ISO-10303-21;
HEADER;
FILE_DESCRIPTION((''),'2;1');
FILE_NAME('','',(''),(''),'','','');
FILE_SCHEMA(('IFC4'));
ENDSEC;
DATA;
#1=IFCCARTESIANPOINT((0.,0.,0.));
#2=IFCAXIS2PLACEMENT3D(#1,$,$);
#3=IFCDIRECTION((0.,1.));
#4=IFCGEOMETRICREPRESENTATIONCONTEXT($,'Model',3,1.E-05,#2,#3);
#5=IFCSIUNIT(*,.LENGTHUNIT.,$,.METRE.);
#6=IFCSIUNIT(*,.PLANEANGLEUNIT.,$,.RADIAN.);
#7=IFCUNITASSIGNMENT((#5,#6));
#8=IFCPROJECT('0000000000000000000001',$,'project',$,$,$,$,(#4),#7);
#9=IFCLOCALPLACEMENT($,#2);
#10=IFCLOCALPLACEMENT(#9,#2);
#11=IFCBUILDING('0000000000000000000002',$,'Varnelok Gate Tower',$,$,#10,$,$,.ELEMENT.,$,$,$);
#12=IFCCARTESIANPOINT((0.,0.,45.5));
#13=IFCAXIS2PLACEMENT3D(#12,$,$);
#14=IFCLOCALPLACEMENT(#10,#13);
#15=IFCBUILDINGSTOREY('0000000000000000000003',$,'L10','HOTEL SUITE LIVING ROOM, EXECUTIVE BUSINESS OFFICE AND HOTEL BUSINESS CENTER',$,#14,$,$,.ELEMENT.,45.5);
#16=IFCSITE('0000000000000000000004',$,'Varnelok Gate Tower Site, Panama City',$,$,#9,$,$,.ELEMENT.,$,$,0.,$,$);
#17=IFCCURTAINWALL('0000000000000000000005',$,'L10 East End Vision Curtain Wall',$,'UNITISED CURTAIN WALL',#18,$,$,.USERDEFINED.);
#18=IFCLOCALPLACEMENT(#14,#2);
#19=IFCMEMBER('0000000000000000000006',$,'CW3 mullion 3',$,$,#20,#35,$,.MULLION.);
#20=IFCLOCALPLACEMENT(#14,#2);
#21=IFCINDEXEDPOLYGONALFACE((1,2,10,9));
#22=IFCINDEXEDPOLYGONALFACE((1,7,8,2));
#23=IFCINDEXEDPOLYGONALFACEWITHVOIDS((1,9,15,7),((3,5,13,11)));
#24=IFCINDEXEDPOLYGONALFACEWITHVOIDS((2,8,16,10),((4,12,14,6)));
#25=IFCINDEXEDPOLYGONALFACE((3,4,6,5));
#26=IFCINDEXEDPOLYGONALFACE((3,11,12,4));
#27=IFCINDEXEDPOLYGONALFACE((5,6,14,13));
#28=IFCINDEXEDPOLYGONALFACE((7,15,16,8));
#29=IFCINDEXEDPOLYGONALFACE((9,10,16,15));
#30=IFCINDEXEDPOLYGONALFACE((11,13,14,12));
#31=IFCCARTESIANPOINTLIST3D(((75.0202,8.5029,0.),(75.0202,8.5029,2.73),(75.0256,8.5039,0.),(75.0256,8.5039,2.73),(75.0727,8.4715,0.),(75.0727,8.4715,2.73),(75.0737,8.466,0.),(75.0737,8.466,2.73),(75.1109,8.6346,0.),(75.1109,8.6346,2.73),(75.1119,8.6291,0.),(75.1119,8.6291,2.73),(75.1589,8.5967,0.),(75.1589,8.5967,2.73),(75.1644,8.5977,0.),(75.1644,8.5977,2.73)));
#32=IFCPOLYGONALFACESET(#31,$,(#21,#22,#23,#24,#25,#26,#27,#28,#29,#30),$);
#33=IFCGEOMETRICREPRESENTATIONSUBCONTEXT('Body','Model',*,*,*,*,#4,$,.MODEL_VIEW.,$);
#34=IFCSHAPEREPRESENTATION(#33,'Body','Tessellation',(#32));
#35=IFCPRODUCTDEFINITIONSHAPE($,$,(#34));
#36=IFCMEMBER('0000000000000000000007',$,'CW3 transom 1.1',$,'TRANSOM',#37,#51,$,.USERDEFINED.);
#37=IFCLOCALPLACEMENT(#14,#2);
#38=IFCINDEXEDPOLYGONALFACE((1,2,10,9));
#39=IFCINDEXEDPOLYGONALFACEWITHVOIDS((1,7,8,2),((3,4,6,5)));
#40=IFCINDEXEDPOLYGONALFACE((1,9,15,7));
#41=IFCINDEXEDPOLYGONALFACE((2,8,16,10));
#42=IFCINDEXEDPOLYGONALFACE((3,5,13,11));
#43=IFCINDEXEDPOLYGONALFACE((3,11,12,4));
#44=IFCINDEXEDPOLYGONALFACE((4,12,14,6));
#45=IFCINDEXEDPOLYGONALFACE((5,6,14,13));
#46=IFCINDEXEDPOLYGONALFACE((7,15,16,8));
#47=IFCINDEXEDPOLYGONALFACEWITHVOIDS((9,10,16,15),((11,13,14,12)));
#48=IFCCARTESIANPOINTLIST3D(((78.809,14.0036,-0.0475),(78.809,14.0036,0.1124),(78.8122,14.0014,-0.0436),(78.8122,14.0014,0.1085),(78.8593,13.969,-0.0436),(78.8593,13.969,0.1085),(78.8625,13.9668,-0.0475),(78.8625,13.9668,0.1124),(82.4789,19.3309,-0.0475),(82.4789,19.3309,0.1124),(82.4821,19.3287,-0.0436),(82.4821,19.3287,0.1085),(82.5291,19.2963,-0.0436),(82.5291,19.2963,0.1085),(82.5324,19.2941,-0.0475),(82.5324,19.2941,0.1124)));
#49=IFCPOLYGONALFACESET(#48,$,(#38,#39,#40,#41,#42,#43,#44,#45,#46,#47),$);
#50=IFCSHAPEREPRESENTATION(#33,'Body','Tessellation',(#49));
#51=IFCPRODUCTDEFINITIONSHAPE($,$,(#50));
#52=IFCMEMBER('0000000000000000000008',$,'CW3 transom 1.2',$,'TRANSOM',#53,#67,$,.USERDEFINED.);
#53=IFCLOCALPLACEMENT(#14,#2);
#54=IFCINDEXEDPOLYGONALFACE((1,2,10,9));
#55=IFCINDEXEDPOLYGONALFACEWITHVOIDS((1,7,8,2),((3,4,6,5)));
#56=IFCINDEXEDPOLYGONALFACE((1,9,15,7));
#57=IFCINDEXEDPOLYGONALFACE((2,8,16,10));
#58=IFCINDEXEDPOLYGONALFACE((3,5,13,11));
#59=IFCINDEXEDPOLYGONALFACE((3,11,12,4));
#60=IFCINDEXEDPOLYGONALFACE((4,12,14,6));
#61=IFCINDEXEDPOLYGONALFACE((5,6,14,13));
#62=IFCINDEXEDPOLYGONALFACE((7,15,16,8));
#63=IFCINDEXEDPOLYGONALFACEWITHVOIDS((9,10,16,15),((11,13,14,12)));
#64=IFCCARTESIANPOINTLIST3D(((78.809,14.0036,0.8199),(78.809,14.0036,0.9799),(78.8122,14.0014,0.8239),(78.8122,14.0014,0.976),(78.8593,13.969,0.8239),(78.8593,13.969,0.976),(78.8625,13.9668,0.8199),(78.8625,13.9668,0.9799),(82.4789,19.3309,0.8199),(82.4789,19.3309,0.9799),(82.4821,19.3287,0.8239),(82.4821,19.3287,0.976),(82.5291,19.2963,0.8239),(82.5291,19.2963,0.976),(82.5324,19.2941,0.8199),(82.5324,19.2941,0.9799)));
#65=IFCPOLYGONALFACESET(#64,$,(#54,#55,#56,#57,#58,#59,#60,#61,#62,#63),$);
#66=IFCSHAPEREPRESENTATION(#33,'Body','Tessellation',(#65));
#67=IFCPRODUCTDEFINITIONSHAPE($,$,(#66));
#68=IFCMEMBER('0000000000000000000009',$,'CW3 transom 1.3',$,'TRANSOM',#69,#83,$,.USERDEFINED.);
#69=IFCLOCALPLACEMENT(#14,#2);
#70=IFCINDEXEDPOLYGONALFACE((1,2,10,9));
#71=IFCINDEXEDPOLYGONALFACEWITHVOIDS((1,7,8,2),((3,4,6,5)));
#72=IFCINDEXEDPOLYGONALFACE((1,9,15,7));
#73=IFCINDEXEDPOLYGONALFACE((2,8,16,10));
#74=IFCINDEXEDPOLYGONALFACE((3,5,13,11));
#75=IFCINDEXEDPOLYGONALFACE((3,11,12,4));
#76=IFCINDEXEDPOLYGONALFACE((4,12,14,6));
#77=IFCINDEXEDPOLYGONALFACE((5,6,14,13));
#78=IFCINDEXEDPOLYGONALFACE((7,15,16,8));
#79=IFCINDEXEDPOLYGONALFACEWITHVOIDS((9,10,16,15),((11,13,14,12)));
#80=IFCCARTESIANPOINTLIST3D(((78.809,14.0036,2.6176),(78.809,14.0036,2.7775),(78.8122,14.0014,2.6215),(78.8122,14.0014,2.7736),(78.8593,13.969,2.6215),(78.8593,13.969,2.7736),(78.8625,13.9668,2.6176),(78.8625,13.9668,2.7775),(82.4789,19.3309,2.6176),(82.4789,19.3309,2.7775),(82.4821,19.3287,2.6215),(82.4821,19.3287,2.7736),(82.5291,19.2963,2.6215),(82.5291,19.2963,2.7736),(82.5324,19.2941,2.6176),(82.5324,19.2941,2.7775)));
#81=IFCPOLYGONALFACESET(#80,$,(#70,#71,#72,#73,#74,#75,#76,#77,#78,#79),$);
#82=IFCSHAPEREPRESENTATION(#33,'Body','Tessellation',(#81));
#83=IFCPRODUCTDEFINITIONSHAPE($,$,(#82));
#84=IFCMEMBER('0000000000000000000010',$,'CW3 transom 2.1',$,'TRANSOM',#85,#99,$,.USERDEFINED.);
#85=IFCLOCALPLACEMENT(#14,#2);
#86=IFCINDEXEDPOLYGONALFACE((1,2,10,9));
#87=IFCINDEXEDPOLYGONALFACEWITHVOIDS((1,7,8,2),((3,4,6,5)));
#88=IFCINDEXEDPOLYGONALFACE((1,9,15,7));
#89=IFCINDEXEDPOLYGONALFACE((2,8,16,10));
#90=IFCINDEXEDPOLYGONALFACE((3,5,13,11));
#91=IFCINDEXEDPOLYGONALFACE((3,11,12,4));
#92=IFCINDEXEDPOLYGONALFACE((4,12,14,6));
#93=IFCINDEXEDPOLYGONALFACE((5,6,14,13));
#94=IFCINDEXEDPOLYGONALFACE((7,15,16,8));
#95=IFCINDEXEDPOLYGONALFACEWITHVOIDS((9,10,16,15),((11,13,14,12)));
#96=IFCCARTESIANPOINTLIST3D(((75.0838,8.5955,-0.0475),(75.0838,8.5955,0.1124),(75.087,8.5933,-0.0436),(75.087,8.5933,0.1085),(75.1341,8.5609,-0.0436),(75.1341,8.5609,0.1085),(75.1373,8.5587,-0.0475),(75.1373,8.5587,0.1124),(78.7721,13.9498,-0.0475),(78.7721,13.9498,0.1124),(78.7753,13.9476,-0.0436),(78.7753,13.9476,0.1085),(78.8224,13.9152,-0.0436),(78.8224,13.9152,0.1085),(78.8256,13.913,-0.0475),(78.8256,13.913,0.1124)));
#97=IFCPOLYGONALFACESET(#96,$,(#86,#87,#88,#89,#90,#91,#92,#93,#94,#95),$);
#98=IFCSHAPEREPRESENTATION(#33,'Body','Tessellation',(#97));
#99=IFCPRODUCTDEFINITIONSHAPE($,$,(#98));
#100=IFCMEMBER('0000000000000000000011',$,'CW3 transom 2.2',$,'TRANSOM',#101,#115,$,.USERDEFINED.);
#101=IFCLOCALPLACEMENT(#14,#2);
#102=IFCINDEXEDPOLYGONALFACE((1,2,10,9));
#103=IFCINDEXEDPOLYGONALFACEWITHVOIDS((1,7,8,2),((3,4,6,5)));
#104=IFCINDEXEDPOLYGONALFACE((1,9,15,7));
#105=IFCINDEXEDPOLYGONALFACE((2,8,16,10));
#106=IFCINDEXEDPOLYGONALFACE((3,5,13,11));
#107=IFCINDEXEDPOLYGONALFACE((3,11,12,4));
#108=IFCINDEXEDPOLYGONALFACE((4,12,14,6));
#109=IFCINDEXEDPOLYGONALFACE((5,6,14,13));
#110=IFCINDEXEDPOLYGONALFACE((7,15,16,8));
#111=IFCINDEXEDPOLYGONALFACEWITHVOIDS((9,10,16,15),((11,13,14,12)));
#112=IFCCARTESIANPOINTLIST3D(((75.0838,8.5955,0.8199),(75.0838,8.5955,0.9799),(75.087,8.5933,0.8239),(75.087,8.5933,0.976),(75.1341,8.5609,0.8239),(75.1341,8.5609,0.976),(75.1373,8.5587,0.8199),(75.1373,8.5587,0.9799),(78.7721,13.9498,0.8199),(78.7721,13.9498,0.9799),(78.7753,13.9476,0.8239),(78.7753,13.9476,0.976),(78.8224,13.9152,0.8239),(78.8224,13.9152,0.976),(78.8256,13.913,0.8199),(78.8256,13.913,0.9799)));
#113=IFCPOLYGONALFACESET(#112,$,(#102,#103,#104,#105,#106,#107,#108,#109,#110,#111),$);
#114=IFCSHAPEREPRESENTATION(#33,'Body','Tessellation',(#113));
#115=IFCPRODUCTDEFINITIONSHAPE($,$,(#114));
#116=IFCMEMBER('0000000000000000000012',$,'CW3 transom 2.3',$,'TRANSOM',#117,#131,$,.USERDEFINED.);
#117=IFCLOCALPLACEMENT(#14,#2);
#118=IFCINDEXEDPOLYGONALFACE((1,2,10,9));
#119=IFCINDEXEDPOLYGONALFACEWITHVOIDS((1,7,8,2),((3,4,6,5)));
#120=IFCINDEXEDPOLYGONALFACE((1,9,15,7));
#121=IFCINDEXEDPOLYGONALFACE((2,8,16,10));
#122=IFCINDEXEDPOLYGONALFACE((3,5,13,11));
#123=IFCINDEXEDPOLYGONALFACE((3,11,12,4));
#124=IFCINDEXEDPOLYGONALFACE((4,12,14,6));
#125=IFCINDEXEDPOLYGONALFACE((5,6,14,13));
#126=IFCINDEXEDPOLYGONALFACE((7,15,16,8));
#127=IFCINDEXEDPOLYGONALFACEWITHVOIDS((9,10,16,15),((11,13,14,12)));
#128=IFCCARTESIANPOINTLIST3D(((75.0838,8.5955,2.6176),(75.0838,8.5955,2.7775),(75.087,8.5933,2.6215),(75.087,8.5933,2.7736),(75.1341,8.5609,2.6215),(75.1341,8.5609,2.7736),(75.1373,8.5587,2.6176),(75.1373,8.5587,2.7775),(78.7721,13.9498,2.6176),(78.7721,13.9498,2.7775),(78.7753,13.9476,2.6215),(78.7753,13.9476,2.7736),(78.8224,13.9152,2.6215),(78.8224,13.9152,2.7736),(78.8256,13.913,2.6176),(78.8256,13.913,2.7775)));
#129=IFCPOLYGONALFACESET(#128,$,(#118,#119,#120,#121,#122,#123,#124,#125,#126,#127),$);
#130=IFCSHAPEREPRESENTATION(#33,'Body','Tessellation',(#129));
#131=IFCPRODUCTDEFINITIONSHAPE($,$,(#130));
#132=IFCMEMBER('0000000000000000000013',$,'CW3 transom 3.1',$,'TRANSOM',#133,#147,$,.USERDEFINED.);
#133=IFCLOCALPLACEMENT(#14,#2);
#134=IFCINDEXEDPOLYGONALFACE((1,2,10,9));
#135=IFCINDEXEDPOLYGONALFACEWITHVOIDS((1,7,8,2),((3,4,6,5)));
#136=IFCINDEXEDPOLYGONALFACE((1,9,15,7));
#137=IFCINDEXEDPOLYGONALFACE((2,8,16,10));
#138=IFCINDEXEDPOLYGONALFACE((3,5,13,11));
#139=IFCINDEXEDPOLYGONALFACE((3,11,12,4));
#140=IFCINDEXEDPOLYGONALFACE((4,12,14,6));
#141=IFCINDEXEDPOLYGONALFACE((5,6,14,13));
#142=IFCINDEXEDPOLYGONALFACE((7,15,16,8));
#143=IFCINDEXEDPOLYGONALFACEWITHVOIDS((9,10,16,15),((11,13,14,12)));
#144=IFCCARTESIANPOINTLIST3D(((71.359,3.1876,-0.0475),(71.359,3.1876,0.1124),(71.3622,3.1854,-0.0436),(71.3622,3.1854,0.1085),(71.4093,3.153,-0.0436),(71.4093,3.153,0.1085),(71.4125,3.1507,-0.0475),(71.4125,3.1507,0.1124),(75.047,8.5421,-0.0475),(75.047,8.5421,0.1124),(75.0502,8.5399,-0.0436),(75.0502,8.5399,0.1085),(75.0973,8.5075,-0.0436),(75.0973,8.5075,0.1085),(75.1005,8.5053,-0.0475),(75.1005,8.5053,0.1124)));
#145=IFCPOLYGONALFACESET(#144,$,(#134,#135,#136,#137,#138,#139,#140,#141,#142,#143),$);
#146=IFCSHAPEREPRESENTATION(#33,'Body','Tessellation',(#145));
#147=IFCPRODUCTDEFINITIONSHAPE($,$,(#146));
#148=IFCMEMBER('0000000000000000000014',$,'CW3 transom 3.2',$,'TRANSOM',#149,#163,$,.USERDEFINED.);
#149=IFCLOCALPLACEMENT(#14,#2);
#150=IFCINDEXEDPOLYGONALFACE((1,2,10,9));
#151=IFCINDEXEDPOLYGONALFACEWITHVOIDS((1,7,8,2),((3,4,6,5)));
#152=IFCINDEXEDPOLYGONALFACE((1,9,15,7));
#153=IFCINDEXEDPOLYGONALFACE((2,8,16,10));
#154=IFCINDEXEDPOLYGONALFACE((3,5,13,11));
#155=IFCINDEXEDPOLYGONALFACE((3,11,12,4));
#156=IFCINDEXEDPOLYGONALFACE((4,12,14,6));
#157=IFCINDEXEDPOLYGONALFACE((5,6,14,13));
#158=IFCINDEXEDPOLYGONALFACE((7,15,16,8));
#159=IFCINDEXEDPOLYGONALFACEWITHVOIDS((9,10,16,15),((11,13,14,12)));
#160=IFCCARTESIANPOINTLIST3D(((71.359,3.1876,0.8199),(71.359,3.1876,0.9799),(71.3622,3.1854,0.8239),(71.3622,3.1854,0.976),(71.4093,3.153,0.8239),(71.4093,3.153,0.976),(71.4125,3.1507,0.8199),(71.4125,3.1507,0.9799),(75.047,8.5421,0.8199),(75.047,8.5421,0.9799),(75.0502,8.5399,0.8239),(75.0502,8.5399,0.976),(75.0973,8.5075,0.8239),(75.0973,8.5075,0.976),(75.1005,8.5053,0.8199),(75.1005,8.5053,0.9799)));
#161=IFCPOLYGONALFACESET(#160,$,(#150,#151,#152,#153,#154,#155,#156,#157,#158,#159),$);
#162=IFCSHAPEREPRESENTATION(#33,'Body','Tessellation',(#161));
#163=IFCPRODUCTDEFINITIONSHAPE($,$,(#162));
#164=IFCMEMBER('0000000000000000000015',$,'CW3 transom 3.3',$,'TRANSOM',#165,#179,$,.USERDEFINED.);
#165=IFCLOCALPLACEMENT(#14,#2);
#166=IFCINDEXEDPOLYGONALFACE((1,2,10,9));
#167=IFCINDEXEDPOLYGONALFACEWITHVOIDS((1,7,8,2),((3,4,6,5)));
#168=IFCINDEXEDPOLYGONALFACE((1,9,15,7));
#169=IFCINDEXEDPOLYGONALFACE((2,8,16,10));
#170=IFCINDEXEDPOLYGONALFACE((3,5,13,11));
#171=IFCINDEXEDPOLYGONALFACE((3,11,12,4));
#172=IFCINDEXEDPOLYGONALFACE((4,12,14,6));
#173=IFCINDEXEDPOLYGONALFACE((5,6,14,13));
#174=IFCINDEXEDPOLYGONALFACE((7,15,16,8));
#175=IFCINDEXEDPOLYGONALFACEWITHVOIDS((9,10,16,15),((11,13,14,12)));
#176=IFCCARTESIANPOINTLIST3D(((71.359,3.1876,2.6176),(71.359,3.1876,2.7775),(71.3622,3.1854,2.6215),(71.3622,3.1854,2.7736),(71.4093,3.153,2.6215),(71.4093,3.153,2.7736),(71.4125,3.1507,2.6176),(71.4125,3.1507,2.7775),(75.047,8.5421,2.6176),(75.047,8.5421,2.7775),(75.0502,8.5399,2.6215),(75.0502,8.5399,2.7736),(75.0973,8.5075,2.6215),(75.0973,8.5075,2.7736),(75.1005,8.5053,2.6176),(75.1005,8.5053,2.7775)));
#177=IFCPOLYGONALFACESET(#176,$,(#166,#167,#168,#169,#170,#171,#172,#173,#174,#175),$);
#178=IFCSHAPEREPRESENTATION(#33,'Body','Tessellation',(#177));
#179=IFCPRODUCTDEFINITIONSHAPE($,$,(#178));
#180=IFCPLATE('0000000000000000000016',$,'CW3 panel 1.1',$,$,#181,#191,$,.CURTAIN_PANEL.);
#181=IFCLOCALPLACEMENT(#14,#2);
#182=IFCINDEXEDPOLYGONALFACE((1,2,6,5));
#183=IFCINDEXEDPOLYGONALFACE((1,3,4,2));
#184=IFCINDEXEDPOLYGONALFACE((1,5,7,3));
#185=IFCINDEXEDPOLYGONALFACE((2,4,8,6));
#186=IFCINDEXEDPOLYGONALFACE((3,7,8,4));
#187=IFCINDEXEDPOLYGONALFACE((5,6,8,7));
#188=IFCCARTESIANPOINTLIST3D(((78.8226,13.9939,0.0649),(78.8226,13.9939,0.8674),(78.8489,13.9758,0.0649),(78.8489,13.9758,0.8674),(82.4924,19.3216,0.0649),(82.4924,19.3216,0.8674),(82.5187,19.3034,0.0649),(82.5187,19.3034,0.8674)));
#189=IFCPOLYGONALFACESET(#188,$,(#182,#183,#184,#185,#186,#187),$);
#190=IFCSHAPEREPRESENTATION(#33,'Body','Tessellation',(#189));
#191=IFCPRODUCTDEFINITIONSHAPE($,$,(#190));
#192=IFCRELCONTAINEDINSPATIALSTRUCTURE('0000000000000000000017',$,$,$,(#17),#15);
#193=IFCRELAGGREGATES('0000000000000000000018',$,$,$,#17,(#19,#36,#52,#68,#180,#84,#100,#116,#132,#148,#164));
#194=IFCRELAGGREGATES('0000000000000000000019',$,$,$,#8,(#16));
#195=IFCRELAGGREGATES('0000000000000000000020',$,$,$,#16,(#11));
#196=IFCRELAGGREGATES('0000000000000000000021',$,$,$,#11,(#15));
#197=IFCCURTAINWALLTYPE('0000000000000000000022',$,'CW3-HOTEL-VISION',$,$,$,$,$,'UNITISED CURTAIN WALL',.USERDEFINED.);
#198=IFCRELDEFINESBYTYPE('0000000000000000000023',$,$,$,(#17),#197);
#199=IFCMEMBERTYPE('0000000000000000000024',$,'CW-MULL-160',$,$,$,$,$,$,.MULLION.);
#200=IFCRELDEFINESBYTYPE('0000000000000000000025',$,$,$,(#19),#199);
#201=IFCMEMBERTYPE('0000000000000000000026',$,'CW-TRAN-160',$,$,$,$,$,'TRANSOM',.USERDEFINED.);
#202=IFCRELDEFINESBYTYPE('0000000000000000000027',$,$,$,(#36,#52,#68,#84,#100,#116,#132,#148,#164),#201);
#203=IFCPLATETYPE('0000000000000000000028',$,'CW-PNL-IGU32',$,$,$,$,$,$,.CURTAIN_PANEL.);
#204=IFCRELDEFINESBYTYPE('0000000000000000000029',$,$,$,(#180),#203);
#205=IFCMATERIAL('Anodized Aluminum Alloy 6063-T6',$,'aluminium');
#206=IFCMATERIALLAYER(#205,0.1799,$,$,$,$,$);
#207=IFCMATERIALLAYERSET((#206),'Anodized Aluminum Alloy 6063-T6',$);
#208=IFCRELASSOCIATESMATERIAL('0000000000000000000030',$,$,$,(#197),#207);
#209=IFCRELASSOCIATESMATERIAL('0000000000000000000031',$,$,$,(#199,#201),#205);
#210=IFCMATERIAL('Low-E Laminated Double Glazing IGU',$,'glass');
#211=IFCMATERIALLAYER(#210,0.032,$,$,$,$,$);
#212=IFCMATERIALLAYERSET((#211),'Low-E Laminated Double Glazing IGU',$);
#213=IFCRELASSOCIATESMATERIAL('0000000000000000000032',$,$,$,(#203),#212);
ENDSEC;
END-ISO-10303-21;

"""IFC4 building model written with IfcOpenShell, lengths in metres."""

from ifc_helpers import new_model, si_unit, direction, frame, origin, origin_2d, place, context, subcontext, project, spatial, rectangle, hollow_rectangle, extrude, source, transform, mapped, material, layer, layer_set, material_profile, profile_set, type_object, element, aggregate, save


model = new_model("IFC4")

# Units and contexts
model_context = context("Model", 3, precision=1e-05, world=origin(), true_north=direction((0.0, 1.0)))
body_context = subcontext(model_context, "Body", "Model", "MODEL_VIEW")
ifc_project = project(units=[si_unit("LENGTHUNIT", "METRE"), si_unit("PLANEANGLEUNIT", "RADIAN")], contexts=[model_context])

# Site, building, storey
site_placement = place(None, origin())
site = spatial("IfcSite", under=ifc_project, at=site_placement, Name="Varnelok Gate Tower Site, Panama City", CompositionType="ELEMENT", RefElevation=0.0)
building_placement = place(site_placement, origin())
building = spatial("IfcBuilding", under=site, at=building_placement, Name="Varnelok Gate Tower", CompositionType="ELEMENT")
storey_placement = place(building_placement, frame((0.0, 0.0, 45.5)))
storey = spatial("IfcBuildingStorey", under=building, at=storey_placement, Name="L10", Description="HOTEL SUITE LIVING ROOM, EXECUTIVE BUSINESS OFFICE AND HOTEL BUSINESS CENTER", CompositionType="ELEMENT", Elevation=45.5)

# Curtain wall, members, plate
ifc_material_1 = material(Name="Anodized Aluminum Alloy 6063-T6", Category="aluminium")
ifc_layer_1 = layer(ifc_material_1, 0.1799)
ifc_layer_set_1 = layer_set([ifc_layer_1], Name="Anodized Aluminum Alloy 6063-T6")
curtain_wall_type = type_object("IfcCurtainWallType", Name="CW3-HOTEL-VISION", ElementType="UNITISED CURTAIN WALL", PredefinedType="USERDEFINED", material=ifc_layer_set_1)
curtain_wall_placement = place(storey_placement, origin())
curtain_wall = element("IfcCurtainWall", 1, at=curtain_wall_placement, inside=storey, type_object=curtain_wall_type, Name="L10 East End Vision Curtain Wall", ObjectType="UNITISED CURTAIN WALL", PredefinedType="USERDEFINED")
ifc_material_profile_1 = material_profile(ifc_material_1, hollow_rectangle(XDim=0.0649, YDim=0.1599, WallThickness=0.0039, at=origin_2d()), Name="ALU160X65X4")
ifc_profile_set_1 = profile_set([ifc_material_profile_1], Name="Anodized Aluminum Alloy 6063-T6")
member_type_1 = type_object("IfcMemberType", Name="CW-MULL-160", PredefinedType="MULLION", material=ifc_profile_set_1)
member_1_placement = place(storey_placement, frame((75.0923, 8.5503, 0.0), z_axis=(0.0, 0.0, 1.0), x_axis=(0.823533, -0.567269, 0.0)))
member_1 = element("IfcMember", 2, at=member_1_placement, type_object=member_type_1, Name="CW3 mullion 3", PredefinedType="MULLION", context=body_context, shape_type="SweptSolid", body=[
    extrude(hollow_rectangle(XDim=0.0649, YDim=0.1599, WallThickness=0.0039, at=origin_2d()), origin(), (0.0, 0.0, 1.0), 2.73),
])
ifc_material_profile_2 = material_profile(ifc_material_1, hollow_rectangle(XDim=0.0649, YDim=0.1599, WallThickness=0.0039, at=origin_2d()), Name="ALU160X65X4")
ifc_profile_set_2 = profile_set([ifc_material_profile_2], Name="Anodized Aluminum Alloy 6063-T6")
member_type_2 = type_object("IfcMemberType", Name="CW-TRAN-160", ElementType="TRANSOM", PredefinedType="USERDEFINED", material=ifc_profile_set_2)
member_2_placement = place(storey_placement, frame((82.5056, 19.3125, 0.0325), z_axis=(-0.567299, -0.823512, 0.0), x_axis=(0.823512, -0.567299, 0.0)))
member_2 = element("IfcMember", 3, at=member_2_placement, type_object=member_type_2, Name="CW3 transom 1.1", ObjectType="TRANSOM", PredefinedType="USERDEFINED", context=body_context, shape_type="SweptSolid", body=[
    extrude(hollow_rectangle(XDim=0.0649, YDim=0.1599, WallThickness=0.0039, at=origin_2d()), origin(), (0.0, 0.0, 1.0), 6.469),
])
member_3_placement = place(storey_placement, frame((82.5056, 19.3125, 0.8999), z_axis=(-0.567299, -0.823512, 0.0), x_axis=(0.823512, -0.567299, 0.0)))
member_3 = element("IfcMember", 4, at=member_3_placement, type_object=member_type_2, Name="CW3 transom 1.2", ObjectType="TRANSOM", PredefinedType="USERDEFINED", context=body_context, shape_type="SweptSolid", body=[
    extrude(hollow_rectangle(XDim=0.0649, YDim=0.1599, WallThickness=0.0039, at=origin_2d()), origin(), (0.0, 0.0, 1.0), 6.469),
])
member_4_placement = place(storey_placement, frame((82.5056, 19.3125, 2.6975), z_axis=(-0.567299, -0.823512, 0.0), x_axis=(0.823512, -0.567299, 0.0)))
member_4 = element("IfcMember", 5, at=member_4_placement, type_object=member_type_2, Name="CW3 transom 1.3", ObjectType="TRANSOM", PredefinedType="USERDEFINED", context=body_context, shape_type="SweptSolid", body=[
    extrude(hollow_rectangle(XDim=0.0649, YDim=0.1599, WallThickness=0.0039, at=origin_2d()), origin(), (0.0, 0.0, 1.0), 6.469),
])
member_5_placement = place(storey_placement, frame((78.7988, 13.9314, 0.0325), z_axis=(-0.567279, -0.823526, 0.0), x_axis=(0.823526, -0.567279, 0.0)))
member_5 = element("IfcMember", 6, at=member_5_placement, type_object=member_type_2, Name="CW3 transom 2.1", ObjectType="TRANSOM", PredefinedType="USERDEFINED", context=body_context, shape_type="SweptSolid", body=[
    extrude(hollow_rectangle(XDim=0.0649, YDim=0.1599, WallThickness=0.0039, at=origin_2d()), origin(), (0.0, 0.0, 1.0), 6.5017),
])
member_6_placement = place(storey_placement, frame((78.7988, 13.9314, 0.8999), z_axis=(-0.567279, -0.823526, 0.0), x_axis=(0.823526, -0.567279, 0.0)))
member_6 = element("IfcMember", 7, at=member_6_placement, type_object=member_type_2, Name="CW3 transom 2.2", ObjectType="TRANSOM", PredefinedType="USERDEFINED", context=body_context, shape_type="SweptSolid", body=[
    extrude(hollow_rectangle(XDim=0.0649, YDim=0.1599, WallThickness=0.0039, at=origin_2d()), origin(), (0.0, 0.0, 1.0), 6.5017),
])
member_7_placement = place(storey_placement, frame((78.7988, 13.9314, 2.6975), z_axis=(-0.567279, -0.823526, 0.0), x_axis=(0.823526, -0.567279, 0.0)))
member_7 = element("IfcMember", 8, at=member_7_placement, type_object=member_type_2, Name="CW3 transom 2.3", ObjectType="TRANSOM", PredefinedType="USERDEFINED", context=body_context, shape_type="SweptSolid", body=[
    extrude(hollow_rectangle(XDim=0.0649, YDim=0.1599, WallThickness=0.0039, at=origin_2d()), origin(), (0.0, 0.0, 1.0), 6.5017),
])
member_8_placement = place(storey_placement, frame((75.0737, 8.5237, 0.0325), z_axis=(-0.567236, -0.823555, 0.0), x_axis=(0.823555, -0.567236, 0.0)))
member_8 = element("IfcMember", 9, at=member_8_placement, type_object=member_type_2, Name="CW3 transom 3.1", ObjectType="TRANSOM", PredefinedType="USERDEFINED", context=body_context, shape_type="SweptSolid", body=[
    extrude(hollow_rectangle(XDim=0.0649, YDim=0.1599, WallThickness=0.0039, at=origin_2d()), origin(), (0.0, 0.0, 1.0), 6.5017),
])
member_9_placement = place(storey_placement, frame((75.0737, 8.5237, 0.8999), z_axis=(-0.567236, -0.823555, 0.0), x_axis=(0.823555, -0.567236, 0.0)))
member_9 = element("IfcMember", 10, at=member_9_placement, type_object=member_type_2, Name="CW3 transom 3.2", ObjectType="TRANSOM", PredefinedType="USERDEFINED", context=body_context, shape_type="SweptSolid", body=[
    extrude(hollow_rectangle(XDim=0.0649, YDim=0.1599, WallThickness=0.0039, at=origin_2d()), origin(), (0.0, 0.0, 1.0), 6.5017),
])
member_10_placement = place(storey_placement, frame((75.0737, 8.5237, 2.6975), z_axis=(-0.567236, -0.823555, 0.0), x_axis=(0.823555, -0.567236, 0.0)))
member_10 = element("IfcMember", 11, at=member_10_placement, type_object=member_type_2, Name="CW3 transom 3.3", ObjectType="TRANSOM", PredefinedType="USERDEFINED", context=body_context, shape_type="SweptSolid", body=[
    extrude(hollow_rectangle(XDim=0.0649, YDim=0.1599, WallThickness=0.0039, at=origin_2d()), origin(), (0.0, 0.0, 1.0), 6.5017),
])
ifc_material_2 = material(Name="Low-E Laminated Double Glazing IGU", Category="glass")
ifc_layer_2 = layer(ifc_material_2, 0.032)
ifc_layer_set_2 = layer_set([ifc_layer_2], Name="Low-E Laminated Double Glazing IGU")
plate_type = type_object("IfcPlateType", Name="CW-PNL-IGU32", PredefinedType="CURTAIN_PANEL", material=ifc_layer_set_2)
shared_shape_1 = source(origin(), body_context, "Body", "SweptSolid", [
    extrude(rectangle(XDim=6.4692, YDim=0.032, at=origin_2d()), origin(), (0.0, 0.0, 1.0), 0.8025),
])
plate_1_placement = place(storey_placement, frame((80.6707, 16.6487, 0.0649), z_axis=(0.0, 0.0, 1.0), x_axis=(-0.567269, -0.823533, 0.0)))
plate_1 = element("IfcPlate", 12, at=plate_1_placement, type_object=plate_type, Name="CW3 panel 1.1", PredefinedType="CURTAIN_PANEL", context=body_context, shape_type="MappedRepresentation", body=[
    mapped(shared_shape_1, transform((0.0, 0.0, 0.0), scale=1.0)),
])
aggregate(curtain_wall, [member_1, member_2, member_3, member_4, plate_1, member_5, member_6, member_7, member_8, member_9, member_10])

save(model, "model.ifc")
